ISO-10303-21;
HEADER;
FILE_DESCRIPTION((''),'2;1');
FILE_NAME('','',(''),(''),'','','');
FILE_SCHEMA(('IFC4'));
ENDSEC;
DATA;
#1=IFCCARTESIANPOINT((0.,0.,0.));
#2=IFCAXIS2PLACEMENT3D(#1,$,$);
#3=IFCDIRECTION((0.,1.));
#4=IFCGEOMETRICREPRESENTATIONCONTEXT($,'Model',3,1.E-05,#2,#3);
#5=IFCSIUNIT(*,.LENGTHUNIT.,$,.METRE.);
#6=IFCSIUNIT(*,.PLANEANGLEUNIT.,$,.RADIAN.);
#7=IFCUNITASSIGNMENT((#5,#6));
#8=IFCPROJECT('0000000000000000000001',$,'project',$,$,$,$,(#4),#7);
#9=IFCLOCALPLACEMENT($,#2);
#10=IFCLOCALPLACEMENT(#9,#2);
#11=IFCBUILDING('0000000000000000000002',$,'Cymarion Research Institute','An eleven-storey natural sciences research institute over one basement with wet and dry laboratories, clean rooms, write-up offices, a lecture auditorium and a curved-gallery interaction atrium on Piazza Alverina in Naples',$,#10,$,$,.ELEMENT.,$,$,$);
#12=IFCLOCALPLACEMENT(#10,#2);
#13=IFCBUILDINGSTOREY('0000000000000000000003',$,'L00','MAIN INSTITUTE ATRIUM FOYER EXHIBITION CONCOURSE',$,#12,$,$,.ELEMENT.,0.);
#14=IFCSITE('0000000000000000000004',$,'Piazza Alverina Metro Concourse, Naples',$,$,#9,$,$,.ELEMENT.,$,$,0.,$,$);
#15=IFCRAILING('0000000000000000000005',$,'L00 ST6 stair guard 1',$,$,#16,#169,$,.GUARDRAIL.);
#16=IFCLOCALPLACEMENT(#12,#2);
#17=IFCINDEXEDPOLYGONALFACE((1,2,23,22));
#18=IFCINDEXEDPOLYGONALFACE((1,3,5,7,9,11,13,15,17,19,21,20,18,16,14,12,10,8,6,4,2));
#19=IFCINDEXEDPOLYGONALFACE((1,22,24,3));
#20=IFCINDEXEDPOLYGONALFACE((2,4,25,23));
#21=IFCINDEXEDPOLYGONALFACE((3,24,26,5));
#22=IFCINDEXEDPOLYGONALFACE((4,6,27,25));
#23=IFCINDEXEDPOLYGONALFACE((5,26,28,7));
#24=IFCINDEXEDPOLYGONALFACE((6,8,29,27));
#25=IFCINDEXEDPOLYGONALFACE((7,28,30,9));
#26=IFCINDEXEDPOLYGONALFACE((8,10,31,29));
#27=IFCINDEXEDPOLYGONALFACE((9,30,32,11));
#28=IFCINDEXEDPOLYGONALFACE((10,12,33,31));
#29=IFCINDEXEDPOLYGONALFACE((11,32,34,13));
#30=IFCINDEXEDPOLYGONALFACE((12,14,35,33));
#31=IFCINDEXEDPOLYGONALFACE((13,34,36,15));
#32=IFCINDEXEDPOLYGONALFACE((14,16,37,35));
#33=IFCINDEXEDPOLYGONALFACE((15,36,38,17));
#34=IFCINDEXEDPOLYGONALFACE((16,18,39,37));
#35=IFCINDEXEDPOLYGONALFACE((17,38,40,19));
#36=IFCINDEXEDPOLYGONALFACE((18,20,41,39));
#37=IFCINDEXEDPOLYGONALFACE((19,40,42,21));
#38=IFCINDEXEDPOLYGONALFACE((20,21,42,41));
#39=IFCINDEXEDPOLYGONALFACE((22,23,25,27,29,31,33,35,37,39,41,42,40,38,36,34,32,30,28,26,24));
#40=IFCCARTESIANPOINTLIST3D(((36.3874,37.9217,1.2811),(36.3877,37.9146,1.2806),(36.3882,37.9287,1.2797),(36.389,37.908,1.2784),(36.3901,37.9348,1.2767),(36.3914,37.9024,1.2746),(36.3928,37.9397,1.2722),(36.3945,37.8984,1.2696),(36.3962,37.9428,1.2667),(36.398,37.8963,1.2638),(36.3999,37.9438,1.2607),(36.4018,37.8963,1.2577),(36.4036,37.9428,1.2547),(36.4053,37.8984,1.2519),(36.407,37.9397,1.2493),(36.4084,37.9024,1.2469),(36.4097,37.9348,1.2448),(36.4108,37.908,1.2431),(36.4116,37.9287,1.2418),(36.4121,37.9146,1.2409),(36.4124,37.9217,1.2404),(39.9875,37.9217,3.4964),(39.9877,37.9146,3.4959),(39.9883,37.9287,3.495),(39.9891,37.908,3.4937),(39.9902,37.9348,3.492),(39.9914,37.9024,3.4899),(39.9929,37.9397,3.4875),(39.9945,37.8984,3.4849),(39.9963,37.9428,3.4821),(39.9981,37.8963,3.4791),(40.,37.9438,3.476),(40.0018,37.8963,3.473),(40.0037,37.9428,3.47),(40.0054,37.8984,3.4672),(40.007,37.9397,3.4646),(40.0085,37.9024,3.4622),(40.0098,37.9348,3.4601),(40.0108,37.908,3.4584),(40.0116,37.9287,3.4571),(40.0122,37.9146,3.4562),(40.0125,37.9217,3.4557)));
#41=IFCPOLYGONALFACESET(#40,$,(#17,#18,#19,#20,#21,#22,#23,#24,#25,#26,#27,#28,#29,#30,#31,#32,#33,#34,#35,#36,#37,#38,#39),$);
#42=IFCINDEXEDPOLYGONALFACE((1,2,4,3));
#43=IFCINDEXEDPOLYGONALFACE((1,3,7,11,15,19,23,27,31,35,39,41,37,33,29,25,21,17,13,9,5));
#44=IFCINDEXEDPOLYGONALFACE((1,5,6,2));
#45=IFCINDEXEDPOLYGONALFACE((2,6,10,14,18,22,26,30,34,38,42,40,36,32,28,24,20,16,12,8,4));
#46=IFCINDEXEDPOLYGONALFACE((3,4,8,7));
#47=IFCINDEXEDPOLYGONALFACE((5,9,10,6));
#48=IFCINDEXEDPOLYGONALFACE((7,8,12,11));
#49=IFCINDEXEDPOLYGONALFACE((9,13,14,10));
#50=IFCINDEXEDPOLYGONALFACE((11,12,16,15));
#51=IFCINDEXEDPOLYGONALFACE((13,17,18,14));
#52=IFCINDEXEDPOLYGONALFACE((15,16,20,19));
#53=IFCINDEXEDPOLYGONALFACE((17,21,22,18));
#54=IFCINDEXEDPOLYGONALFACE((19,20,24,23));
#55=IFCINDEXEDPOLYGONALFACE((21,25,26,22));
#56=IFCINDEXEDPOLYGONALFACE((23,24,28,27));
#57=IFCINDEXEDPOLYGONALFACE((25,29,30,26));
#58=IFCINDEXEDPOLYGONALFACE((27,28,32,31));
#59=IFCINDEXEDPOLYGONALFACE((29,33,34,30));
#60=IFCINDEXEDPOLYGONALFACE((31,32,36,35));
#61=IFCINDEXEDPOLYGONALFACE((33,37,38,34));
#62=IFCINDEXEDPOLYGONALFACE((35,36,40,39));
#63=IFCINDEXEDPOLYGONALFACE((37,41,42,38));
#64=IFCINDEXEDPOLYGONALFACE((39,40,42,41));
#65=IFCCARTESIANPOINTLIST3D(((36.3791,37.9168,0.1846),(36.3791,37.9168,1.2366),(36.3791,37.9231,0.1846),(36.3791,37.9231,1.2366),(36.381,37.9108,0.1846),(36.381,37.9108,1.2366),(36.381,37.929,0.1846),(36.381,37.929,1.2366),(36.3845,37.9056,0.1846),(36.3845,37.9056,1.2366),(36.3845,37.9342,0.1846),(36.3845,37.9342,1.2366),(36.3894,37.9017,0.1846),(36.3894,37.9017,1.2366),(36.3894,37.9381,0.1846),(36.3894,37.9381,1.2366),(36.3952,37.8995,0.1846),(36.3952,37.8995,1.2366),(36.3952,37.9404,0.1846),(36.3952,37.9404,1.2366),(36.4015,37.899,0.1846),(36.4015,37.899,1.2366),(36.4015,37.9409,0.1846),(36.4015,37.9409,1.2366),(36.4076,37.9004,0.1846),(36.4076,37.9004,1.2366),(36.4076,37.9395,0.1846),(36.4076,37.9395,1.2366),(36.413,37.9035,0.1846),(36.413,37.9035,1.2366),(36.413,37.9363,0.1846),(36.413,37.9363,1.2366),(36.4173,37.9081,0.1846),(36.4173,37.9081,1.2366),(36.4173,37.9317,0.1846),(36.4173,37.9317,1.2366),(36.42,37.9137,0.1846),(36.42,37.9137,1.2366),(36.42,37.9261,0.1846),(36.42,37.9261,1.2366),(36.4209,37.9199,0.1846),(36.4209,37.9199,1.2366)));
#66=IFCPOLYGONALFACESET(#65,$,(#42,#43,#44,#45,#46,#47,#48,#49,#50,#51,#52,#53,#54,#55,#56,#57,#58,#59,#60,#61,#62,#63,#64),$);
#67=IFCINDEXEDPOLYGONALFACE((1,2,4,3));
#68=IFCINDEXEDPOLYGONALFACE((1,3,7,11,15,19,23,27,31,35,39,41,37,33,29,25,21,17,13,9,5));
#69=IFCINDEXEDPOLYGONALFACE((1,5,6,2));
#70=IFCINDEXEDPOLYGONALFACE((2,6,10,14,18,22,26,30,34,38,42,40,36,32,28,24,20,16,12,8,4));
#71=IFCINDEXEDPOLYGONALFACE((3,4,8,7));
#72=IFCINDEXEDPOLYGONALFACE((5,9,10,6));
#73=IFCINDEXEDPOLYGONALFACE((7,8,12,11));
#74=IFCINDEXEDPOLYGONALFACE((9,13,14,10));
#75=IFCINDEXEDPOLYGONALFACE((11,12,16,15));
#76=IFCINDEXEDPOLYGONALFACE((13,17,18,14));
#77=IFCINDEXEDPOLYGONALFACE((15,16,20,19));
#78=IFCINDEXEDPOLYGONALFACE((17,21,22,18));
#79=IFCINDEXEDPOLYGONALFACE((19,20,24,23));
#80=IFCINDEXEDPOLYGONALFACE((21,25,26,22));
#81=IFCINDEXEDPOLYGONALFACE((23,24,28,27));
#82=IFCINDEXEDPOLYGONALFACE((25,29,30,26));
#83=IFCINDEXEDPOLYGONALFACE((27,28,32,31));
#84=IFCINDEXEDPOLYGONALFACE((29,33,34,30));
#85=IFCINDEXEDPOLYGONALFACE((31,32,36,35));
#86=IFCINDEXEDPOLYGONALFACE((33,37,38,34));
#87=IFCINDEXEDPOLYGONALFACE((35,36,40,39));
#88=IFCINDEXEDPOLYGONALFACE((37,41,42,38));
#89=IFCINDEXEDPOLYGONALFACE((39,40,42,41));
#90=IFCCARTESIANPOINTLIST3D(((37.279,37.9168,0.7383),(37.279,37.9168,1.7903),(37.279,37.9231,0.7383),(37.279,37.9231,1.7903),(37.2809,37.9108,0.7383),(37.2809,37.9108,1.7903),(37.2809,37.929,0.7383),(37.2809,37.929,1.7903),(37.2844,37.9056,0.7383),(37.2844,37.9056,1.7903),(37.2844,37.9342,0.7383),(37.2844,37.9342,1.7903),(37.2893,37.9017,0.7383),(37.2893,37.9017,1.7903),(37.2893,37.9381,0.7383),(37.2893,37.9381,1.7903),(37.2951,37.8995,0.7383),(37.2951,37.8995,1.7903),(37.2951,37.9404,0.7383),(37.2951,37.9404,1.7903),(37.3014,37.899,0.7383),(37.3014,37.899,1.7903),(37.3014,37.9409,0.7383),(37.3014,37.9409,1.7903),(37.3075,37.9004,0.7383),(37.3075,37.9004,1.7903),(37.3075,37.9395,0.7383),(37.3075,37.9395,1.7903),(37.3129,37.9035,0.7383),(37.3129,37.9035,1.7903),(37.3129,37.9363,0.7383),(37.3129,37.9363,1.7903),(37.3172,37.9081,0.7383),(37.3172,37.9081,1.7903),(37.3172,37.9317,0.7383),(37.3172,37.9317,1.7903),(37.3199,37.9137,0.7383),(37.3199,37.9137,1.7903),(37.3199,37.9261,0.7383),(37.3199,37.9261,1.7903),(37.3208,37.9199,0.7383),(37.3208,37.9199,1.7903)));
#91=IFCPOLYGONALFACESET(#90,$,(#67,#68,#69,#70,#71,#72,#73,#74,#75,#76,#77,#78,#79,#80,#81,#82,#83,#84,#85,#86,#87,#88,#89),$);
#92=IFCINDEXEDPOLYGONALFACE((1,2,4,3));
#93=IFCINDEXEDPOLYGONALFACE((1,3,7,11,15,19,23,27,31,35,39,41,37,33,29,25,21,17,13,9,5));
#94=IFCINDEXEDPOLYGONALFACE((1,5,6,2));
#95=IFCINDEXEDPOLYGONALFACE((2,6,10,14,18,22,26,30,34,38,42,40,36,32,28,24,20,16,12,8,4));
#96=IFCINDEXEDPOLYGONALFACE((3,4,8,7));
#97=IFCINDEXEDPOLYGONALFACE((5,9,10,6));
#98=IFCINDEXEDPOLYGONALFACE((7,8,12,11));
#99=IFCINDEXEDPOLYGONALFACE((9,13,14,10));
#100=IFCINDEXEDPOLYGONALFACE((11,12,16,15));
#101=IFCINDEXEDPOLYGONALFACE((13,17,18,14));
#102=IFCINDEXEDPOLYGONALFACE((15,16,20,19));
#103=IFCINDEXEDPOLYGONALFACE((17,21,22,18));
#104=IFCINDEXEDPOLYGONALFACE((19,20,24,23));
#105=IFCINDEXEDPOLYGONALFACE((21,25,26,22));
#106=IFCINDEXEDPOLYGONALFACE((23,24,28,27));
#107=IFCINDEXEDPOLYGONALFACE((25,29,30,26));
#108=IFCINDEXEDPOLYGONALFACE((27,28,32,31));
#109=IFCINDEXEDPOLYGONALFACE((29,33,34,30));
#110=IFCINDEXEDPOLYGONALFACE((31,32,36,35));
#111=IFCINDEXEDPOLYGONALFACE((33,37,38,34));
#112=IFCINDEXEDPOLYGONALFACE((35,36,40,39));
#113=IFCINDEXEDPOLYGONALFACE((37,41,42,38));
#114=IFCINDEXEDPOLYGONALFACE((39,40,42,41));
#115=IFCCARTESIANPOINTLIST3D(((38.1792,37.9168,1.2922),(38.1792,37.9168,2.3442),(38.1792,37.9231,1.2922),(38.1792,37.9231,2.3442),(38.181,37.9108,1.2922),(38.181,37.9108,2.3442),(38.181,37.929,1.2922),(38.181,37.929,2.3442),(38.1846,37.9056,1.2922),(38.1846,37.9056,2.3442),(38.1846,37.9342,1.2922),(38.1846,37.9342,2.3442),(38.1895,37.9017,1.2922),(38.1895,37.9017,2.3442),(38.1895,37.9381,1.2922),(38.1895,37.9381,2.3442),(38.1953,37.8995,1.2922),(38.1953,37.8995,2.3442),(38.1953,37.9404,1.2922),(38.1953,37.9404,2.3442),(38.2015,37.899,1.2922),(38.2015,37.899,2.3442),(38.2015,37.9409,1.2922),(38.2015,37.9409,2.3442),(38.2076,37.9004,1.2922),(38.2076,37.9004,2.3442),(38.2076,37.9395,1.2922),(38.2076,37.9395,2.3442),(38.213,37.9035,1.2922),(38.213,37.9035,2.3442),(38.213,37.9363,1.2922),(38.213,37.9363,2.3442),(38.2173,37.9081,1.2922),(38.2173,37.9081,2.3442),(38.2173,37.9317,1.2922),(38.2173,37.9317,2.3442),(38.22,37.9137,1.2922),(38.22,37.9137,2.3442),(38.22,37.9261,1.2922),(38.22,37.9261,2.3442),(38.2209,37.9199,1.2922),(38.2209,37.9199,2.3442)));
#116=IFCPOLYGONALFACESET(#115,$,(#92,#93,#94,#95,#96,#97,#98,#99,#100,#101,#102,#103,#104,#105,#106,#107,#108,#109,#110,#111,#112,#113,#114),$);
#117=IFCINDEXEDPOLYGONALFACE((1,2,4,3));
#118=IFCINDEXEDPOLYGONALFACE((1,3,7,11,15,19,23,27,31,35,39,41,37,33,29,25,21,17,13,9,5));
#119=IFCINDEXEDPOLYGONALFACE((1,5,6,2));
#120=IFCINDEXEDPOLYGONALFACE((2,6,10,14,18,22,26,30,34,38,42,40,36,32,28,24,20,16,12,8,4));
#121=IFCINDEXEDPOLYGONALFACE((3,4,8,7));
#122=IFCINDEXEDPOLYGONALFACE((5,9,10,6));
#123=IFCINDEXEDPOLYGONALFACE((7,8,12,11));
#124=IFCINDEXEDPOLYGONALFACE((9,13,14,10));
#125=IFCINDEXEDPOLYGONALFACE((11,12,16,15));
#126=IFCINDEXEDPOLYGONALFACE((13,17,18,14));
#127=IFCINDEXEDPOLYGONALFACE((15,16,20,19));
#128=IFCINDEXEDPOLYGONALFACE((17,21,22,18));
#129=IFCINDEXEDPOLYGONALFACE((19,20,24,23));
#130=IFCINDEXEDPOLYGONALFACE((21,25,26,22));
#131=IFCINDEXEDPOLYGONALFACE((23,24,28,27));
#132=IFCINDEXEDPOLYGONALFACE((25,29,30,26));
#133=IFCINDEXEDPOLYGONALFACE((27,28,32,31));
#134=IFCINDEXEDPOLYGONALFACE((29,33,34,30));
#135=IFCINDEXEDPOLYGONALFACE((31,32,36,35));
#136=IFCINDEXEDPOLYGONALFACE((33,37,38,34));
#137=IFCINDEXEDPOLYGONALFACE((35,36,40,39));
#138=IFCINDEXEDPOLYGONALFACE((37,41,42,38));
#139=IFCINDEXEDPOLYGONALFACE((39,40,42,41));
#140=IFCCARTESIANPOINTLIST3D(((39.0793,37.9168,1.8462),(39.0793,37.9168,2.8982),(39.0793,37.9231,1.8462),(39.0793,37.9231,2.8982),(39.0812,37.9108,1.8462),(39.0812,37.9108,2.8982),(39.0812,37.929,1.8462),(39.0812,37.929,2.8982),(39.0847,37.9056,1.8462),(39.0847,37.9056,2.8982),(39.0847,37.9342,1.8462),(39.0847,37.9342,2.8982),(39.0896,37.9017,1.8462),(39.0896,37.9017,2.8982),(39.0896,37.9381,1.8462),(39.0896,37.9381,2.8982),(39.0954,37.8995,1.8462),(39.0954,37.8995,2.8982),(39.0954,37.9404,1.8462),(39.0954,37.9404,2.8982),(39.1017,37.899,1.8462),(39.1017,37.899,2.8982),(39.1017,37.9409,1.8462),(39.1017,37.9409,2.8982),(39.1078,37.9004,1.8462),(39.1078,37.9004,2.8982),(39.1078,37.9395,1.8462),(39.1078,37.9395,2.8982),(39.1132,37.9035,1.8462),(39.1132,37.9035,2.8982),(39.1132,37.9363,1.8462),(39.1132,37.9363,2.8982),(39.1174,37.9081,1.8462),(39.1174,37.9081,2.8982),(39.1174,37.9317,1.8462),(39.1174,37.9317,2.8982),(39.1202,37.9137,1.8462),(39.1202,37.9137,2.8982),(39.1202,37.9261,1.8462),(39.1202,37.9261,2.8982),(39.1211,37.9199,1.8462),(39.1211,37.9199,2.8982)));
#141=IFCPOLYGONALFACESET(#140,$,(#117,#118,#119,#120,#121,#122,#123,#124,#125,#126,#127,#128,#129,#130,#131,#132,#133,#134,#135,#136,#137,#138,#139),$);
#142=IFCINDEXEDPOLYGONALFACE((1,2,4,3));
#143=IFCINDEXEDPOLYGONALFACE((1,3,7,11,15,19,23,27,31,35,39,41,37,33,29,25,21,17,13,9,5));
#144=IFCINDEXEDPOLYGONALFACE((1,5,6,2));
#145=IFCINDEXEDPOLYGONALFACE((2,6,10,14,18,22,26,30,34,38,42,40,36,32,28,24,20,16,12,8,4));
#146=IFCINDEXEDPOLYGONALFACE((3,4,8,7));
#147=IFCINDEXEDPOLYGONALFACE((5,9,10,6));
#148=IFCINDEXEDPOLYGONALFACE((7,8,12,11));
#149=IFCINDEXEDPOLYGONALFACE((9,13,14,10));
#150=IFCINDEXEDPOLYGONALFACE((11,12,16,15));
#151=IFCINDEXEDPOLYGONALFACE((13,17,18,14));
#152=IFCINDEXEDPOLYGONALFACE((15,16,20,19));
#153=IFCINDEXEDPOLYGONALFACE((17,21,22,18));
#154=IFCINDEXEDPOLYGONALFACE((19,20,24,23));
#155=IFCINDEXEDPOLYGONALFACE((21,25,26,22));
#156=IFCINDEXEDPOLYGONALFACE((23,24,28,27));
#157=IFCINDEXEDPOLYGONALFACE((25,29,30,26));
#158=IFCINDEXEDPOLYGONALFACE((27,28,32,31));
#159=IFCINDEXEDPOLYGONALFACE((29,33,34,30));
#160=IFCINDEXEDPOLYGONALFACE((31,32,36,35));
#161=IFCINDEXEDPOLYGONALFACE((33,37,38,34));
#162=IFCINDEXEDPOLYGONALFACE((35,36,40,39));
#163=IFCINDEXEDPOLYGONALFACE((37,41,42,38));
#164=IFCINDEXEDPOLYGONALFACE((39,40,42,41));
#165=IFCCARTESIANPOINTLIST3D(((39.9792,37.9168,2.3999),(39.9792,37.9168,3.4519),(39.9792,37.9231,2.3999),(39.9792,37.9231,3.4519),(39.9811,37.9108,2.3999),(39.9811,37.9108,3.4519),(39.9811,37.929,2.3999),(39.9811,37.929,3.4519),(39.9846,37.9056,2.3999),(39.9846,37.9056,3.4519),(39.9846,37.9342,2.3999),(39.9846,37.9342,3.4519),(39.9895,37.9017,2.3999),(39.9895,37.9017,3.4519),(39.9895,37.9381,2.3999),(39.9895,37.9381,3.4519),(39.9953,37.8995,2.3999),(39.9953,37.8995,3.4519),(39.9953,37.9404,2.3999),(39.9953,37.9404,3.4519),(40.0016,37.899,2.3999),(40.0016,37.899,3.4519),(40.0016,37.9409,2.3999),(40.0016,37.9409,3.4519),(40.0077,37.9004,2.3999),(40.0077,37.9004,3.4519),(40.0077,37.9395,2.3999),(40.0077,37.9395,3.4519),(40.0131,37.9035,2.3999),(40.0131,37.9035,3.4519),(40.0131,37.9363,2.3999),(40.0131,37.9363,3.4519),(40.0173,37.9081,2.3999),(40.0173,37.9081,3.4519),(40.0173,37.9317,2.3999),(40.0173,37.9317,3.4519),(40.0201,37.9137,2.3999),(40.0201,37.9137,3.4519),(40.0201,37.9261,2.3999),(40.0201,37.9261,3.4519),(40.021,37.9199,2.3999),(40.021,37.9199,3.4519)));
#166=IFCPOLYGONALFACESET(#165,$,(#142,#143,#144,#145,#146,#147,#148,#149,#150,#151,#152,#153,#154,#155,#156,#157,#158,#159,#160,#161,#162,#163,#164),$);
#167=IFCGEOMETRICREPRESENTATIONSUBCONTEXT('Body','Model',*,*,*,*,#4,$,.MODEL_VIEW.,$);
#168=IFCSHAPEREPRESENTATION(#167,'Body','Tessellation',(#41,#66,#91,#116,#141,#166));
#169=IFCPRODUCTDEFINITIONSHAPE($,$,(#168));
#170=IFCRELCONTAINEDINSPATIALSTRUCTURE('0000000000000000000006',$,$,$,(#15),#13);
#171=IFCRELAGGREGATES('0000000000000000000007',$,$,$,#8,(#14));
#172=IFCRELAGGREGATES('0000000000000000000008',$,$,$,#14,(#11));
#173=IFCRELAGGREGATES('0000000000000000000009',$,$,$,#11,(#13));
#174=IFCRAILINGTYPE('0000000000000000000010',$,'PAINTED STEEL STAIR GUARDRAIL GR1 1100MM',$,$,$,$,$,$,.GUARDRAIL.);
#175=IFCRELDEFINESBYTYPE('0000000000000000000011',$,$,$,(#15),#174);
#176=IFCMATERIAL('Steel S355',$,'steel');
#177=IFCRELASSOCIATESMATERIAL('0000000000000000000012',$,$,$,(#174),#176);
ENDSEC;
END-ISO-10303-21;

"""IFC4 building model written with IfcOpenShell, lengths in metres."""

from ifc_helpers import new_model, si_unit, direction, frame, origin, origin_2d, place, context, subcontext, project, spatial, circle, extrude, material, type_object, element, save


model = new_model("IFC4")

# Units and contexts
model_context = context("Model", 3, precision=1e-05, world=origin(), true_north=direction((0.0, 1.0)))
body_context = subcontext(model_context, "Body", "Model", "MODEL_VIEW")
ifc_project = project(units=[si_unit("LENGTHUNIT", "METRE"), si_unit("PLANEANGLEUNIT", "RADIAN")], contexts=[model_context])

# Site, building, storey
site_placement = place(None, origin())
site = spatial("IfcSite", under=ifc_project, at=site_placement, Name="Piazza Alverina Metro Concourse, Naples", CompositionType="ELEMENT", RefElevation=0.0)
building_placement = place(site_placement, origin())
building = spatial("IfcBuilding", under=site, at=building_placement, Name="Cymarion Research Institute", Description="An eleven-storey natural sciences research institute over one basement with wet and dry laboratories, clean rooms, write-up offices, a lecture auditorium and a curved-gallery interaction atrium on Piazza Alverina in Naples", CompositionType="ELEMENT")
storey_placement = place(building_placement, origin())
storey = spatial("IfcBuildingStorey", under=building, at=storey_placement, Name="L00", Description="MAIN INSTITUTE ATRIUM FOYER EXHIBITION CONCOURSE", CompositionType="ELEMENT", Elevation=0.0)

# Shared definitions
ifc_material_1 = material(Name="Steel S355", Category="steel")

# Railing
railing_type_1 = type_object("IfcRailingType", Name="PAINTED STEEL STAIR GUARDRAIL GR1 1100MM", PredefinedType="GUARDRAIL", material=ifc_material_1)
railing_1_placement = place(storey_placement, frame((36.3999, 37.9199, 0.1846)))
element("IfcRailing", 1, at=railing_1_placement, inside=storey, type_object=railing_type_1, Name="L00 ST6 stair guard 1", PredefinedType="GUARDRAIL", context=body_context, shape_type="SweptSolid", body=[
    extrude(circle(Radius=0.0239, at=origin_2d()), frame((0.0, 0.0, 1.0762), z_axis=(0.85167, 0.0, 0.524078), x_axis=(0.0, 1.0, 0.0)), (0.0, 0.0, 1.0), 4.2271),
    extrude(circle(Radius=0.021, at=origin_2d()), origin(), (0.0, 0.0, 1.0), 1.052),
    extrude(circle(Radius=0.021, at=origin_2d()), frame((0.8999, 0.0, 0.5537)), (0.0, 0.0, 1.0), 1.052),
    extrude(circle(Radius=0.021, at=origin_2d()), frame((1.8, 0.0, 1.1077)), (0.0, 0.0, 1.0), 1.052),
    extrude(circle(Radius=0.021, at=origin_2d()), frame((2.7002, 0.0, 1.6616)), (0.0, 0.0, 1.0), 1.052),
    extrude(circle(Radius=0.021, at=origin_2d()), frame((3.6001, 0.0, 2.2153)), (0.0, 0.0, 1.0), 1.052),
])

save(model, "model.ifc")
